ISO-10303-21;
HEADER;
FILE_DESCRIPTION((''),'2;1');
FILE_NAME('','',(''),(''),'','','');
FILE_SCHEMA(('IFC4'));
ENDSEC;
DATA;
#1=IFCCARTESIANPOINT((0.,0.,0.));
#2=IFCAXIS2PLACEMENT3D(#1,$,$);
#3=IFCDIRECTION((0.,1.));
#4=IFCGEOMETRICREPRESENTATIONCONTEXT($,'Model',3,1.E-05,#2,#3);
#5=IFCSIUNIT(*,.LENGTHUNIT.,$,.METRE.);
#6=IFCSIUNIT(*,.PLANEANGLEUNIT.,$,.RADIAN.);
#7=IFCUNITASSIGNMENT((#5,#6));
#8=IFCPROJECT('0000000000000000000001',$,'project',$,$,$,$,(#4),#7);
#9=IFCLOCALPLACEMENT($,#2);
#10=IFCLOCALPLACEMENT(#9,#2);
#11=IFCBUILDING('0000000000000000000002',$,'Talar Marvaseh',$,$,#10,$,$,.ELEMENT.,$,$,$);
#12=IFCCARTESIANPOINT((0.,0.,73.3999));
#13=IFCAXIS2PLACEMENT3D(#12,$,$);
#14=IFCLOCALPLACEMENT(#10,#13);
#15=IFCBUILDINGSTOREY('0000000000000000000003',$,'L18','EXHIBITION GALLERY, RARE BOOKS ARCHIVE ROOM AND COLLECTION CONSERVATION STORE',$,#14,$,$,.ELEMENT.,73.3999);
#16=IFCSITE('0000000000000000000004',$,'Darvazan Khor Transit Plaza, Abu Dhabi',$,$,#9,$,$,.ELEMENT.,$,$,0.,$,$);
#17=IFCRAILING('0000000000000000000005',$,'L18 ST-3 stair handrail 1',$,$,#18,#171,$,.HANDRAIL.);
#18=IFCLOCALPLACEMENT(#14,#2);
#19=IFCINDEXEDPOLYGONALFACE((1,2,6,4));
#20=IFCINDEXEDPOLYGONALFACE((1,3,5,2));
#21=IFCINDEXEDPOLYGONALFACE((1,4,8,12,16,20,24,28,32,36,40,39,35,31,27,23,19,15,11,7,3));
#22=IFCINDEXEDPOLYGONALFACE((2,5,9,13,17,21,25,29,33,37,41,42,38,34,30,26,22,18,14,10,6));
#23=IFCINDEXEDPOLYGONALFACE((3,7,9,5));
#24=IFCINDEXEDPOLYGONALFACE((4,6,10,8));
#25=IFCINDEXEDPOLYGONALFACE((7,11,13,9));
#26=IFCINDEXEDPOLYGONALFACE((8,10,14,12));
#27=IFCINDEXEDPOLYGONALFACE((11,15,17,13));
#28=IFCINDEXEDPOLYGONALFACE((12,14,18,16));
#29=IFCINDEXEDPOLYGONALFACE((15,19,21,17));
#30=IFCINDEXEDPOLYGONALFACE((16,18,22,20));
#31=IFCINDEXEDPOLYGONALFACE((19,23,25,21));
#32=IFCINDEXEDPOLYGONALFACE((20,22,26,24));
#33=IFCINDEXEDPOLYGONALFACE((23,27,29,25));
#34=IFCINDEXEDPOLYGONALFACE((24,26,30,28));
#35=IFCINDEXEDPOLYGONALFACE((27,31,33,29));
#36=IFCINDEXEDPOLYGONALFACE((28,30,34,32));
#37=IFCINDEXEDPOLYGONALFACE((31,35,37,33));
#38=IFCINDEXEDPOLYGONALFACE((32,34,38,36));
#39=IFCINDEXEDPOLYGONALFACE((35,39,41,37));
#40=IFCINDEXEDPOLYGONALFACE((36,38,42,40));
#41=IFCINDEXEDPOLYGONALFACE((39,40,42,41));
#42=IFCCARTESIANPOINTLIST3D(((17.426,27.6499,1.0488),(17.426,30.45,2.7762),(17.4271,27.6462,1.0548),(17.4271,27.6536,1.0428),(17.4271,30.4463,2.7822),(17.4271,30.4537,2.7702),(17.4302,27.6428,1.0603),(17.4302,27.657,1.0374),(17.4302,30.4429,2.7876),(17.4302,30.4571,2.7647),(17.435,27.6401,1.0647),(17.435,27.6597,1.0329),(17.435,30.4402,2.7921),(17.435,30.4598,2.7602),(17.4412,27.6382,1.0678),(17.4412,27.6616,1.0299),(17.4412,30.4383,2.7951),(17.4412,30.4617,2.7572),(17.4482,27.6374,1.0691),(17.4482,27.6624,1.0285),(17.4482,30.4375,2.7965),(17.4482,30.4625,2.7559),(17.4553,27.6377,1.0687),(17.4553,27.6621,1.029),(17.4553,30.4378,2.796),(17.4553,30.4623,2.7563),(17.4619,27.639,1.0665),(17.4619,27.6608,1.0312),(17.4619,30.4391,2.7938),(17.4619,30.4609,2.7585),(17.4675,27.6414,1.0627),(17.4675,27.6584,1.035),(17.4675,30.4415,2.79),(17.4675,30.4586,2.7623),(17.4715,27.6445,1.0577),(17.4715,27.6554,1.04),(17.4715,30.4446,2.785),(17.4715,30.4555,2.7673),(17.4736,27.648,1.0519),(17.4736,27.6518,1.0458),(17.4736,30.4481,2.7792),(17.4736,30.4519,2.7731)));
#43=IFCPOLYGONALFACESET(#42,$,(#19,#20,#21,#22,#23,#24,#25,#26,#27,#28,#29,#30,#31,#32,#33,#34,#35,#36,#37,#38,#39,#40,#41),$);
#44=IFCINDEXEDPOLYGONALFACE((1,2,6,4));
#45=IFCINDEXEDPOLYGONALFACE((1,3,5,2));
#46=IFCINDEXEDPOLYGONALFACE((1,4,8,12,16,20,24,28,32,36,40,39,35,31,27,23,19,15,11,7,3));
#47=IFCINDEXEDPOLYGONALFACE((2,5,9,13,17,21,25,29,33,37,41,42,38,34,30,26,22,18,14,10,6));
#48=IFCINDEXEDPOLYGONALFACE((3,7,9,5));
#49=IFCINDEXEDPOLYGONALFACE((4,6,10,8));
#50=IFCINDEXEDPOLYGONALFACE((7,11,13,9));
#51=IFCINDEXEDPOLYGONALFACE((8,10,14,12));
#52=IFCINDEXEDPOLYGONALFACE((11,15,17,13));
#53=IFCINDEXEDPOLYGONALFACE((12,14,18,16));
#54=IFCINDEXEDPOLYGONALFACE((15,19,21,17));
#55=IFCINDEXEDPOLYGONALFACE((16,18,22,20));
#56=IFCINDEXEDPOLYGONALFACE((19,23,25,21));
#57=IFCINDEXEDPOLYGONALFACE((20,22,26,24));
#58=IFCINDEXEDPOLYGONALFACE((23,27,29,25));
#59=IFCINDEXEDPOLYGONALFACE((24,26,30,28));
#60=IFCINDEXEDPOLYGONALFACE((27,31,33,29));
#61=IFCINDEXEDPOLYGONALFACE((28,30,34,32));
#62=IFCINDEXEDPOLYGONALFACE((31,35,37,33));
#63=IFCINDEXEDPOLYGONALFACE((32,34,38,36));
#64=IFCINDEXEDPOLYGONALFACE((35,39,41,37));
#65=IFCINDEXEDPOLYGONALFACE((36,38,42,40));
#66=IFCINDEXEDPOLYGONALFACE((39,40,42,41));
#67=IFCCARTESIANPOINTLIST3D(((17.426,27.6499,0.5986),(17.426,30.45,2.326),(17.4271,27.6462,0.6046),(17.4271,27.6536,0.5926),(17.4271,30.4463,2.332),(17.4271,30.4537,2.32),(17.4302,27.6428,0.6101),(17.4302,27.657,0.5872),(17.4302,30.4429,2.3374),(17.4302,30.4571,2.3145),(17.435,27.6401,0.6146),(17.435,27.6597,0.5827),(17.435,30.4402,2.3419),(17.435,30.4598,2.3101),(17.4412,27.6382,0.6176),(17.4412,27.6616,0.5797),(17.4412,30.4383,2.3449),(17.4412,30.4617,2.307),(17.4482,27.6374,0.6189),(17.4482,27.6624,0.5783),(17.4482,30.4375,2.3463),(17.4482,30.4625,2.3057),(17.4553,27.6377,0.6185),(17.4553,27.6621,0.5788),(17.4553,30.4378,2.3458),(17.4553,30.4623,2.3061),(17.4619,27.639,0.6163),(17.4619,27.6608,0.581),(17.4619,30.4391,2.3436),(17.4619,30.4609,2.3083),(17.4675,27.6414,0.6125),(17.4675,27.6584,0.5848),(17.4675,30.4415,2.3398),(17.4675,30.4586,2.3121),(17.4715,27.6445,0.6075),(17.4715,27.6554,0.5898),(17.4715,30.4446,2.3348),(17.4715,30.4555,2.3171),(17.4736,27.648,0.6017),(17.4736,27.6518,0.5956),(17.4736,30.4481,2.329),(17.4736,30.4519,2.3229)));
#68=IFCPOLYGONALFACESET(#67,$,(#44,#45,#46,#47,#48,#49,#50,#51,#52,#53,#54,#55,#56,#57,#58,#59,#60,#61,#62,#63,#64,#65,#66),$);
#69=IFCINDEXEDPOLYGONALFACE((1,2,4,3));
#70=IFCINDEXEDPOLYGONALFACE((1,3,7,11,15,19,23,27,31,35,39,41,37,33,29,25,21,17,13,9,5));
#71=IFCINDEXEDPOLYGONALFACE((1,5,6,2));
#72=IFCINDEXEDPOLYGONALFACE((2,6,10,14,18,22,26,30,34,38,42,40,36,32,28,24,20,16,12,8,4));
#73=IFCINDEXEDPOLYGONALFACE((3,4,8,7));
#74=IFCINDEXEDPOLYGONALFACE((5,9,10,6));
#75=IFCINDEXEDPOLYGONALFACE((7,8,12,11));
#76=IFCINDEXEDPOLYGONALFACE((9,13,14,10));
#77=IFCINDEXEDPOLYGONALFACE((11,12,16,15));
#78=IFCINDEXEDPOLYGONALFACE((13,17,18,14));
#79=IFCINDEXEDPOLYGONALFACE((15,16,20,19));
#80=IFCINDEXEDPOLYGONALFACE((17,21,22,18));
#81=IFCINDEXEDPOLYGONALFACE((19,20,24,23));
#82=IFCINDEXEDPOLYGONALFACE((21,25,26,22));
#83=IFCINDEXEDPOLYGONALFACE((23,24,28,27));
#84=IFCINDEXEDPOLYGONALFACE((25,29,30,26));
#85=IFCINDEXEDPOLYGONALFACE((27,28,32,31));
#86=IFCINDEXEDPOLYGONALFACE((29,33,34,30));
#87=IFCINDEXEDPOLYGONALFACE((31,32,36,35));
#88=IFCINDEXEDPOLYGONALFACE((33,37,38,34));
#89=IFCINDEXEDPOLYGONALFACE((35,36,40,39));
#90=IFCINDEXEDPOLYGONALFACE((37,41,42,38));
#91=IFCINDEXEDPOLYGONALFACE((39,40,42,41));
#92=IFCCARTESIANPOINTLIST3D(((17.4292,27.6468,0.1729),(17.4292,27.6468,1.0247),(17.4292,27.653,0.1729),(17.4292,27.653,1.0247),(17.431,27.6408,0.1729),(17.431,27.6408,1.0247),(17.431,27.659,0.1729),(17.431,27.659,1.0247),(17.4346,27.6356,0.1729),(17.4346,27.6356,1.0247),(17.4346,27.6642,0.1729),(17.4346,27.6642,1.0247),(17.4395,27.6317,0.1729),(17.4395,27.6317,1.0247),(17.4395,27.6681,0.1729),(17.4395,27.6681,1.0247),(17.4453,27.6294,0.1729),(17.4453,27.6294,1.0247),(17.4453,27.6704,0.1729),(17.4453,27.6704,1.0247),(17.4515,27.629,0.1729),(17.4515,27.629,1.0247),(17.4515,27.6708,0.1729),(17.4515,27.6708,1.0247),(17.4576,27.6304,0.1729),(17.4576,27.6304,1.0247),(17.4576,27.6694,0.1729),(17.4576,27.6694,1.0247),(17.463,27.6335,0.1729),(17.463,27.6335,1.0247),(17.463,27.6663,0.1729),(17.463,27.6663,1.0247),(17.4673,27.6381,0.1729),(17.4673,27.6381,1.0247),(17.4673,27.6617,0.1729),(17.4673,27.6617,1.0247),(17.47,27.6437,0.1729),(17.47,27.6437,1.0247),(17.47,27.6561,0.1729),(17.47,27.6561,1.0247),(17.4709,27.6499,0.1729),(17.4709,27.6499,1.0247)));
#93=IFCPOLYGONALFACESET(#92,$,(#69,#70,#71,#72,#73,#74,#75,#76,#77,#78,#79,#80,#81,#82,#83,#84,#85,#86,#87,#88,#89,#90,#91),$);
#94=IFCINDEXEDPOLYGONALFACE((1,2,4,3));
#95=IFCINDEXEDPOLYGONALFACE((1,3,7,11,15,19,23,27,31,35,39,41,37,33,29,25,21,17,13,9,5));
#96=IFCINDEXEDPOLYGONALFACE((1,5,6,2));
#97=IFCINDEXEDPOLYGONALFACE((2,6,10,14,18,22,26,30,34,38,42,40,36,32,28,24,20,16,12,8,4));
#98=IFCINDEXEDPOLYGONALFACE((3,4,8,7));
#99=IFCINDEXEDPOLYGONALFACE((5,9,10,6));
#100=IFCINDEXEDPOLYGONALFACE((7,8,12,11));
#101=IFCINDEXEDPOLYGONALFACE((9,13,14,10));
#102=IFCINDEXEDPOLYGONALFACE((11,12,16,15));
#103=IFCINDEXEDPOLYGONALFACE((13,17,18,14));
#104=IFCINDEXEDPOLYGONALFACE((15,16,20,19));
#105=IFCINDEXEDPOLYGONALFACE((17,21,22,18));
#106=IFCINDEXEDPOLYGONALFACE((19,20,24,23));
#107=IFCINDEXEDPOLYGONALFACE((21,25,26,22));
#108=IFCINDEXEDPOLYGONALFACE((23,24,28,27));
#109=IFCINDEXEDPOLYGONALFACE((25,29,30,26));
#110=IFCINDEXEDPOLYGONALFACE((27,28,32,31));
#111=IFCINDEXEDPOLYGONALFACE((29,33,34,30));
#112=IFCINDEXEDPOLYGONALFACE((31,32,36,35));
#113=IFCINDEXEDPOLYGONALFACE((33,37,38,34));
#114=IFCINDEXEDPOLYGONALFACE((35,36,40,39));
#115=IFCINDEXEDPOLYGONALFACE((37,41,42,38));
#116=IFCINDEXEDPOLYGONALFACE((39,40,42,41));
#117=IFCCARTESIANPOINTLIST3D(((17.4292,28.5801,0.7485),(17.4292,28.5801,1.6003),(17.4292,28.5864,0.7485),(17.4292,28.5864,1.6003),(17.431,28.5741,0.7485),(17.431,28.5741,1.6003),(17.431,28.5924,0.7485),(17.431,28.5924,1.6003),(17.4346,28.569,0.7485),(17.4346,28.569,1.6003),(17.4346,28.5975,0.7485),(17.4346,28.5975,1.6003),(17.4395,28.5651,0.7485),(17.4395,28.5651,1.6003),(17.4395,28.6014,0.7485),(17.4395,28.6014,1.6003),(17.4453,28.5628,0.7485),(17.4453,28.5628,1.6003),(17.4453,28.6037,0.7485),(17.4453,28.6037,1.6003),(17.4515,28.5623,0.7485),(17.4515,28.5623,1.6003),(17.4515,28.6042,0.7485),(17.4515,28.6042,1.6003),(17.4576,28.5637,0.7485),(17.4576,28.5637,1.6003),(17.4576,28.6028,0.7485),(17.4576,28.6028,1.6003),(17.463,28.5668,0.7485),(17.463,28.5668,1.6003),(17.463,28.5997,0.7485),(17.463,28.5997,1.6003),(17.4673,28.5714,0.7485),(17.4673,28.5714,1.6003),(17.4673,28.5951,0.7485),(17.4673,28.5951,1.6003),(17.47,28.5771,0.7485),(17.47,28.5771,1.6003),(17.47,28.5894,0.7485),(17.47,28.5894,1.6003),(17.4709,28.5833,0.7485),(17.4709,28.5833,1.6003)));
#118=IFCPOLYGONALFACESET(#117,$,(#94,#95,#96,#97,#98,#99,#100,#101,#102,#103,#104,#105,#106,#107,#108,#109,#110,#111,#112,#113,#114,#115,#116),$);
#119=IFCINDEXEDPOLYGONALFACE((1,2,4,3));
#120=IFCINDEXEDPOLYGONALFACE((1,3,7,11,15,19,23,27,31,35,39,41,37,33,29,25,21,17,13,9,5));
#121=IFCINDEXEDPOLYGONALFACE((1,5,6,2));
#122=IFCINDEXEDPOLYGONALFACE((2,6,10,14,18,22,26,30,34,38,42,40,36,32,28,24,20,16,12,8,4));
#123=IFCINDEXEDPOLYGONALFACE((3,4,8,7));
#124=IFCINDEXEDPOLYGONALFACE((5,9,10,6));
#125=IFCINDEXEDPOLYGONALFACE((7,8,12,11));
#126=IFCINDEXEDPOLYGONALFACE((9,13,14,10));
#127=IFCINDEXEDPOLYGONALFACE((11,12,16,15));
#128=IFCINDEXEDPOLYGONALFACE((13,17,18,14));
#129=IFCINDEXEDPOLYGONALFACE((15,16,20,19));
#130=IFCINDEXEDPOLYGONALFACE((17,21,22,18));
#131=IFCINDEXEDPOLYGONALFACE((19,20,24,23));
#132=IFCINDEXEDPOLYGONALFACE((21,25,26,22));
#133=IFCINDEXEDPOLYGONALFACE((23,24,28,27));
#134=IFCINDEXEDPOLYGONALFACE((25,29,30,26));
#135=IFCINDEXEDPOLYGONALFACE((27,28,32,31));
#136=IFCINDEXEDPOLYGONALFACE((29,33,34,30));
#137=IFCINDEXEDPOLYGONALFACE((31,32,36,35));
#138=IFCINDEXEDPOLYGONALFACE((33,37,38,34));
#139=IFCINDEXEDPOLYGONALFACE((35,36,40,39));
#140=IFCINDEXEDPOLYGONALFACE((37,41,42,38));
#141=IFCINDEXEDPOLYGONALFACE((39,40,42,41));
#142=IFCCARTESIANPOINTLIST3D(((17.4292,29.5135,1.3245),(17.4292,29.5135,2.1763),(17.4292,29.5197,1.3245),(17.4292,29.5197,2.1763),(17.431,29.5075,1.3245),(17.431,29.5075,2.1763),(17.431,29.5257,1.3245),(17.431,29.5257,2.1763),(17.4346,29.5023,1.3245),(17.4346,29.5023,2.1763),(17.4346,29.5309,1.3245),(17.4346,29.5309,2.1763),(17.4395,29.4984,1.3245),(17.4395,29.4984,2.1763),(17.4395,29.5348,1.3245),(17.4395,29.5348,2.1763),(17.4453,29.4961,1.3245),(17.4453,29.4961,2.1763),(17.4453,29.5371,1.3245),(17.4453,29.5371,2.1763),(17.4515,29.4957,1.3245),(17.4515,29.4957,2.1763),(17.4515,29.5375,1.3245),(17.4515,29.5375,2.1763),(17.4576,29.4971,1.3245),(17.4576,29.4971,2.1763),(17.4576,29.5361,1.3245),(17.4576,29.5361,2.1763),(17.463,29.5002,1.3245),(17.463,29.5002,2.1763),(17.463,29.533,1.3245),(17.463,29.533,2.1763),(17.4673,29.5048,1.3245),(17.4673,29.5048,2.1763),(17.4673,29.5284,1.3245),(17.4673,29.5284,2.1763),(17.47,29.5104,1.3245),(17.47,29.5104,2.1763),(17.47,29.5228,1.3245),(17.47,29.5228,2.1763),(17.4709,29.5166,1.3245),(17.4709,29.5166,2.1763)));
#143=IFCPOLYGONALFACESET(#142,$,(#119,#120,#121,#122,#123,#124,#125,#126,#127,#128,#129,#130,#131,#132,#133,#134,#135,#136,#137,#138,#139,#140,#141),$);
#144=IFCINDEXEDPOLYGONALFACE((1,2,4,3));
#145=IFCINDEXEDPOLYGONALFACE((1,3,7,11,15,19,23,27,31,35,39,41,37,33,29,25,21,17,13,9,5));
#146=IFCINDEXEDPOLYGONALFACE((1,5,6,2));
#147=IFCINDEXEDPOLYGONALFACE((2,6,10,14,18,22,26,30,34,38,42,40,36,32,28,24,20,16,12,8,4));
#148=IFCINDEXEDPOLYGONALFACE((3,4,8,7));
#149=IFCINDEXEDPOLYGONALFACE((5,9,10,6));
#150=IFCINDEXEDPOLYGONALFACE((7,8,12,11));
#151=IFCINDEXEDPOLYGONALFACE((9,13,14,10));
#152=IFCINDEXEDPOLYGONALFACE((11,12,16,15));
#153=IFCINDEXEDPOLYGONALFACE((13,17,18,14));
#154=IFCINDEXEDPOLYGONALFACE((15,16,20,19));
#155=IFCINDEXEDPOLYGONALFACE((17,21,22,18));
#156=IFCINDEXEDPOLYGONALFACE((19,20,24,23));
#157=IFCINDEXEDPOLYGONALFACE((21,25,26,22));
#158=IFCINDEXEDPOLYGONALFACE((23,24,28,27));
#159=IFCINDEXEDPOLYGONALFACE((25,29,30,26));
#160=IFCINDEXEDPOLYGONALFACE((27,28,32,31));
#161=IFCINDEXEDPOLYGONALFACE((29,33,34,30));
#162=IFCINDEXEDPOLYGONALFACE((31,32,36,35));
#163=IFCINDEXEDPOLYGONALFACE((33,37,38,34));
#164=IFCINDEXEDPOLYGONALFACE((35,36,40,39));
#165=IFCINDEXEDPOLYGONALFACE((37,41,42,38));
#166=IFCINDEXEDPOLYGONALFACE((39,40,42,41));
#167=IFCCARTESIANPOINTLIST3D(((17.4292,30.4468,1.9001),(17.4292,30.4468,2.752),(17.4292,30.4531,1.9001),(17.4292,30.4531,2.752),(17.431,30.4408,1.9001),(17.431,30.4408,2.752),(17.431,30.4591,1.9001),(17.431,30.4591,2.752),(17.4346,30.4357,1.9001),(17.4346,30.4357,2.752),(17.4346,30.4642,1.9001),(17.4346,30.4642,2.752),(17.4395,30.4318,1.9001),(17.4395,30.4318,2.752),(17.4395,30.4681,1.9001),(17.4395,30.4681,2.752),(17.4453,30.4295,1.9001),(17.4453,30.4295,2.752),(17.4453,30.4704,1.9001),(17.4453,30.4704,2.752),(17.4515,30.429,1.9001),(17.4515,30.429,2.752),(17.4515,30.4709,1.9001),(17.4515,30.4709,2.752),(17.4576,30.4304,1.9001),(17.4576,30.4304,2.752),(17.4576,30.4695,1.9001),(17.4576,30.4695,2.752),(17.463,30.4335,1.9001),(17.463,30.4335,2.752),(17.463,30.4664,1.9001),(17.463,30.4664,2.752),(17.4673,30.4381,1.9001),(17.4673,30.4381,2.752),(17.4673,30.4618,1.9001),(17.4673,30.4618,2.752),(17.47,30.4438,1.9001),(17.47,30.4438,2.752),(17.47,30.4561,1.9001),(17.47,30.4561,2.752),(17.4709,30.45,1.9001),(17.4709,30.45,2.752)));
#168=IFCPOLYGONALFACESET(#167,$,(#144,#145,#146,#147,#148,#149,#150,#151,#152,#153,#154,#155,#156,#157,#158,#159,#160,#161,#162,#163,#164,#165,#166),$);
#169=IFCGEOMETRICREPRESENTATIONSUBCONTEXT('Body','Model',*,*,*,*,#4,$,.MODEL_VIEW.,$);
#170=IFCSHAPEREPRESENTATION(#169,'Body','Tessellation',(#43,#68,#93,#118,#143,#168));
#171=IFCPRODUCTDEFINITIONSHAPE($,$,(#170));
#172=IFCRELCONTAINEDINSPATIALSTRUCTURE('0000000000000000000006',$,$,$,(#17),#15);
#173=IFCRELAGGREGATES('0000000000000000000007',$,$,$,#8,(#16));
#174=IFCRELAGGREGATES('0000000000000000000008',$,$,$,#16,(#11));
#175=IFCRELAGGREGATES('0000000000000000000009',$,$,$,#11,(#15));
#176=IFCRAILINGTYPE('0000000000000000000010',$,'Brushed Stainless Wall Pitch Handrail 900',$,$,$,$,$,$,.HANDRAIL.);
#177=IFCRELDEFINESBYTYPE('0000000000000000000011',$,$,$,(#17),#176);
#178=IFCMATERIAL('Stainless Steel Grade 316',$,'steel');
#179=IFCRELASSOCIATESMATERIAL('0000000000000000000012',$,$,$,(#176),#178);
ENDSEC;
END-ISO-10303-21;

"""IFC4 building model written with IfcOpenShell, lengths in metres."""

from ifc_helpers import new_model, si_unit, direction, frame, origin, origin_2d, place, context, subcontext, project, spatial, circle, extrude, material, type_object, element, save


model = new_model("IFC4")

# Units and contexts
model_context = context("Model", 3, precision=1e-05, world=origin(), true_north=direction((0.0, 1.0)))
body_context = subcontext(model_context, "Body", "Model", "MODEL_VIEW")
ifc_project = project(units=[si_unit("LENGTHUNIT", "METRE"), si_unit("PLANEANGLEUNIT", "RADIAN")], contexts=[model_context])

# Site, building, storey
site_placement = place(None, origin())
site = spatial("IfcSite", under=ifc_project, at=site_placement, Name="Darvazan Khor Transit Plaza, Abu Dhabi", CompositionType="ELEMENT", RefElevation=0.0)
building_placement = place(site_placement, origin())
building = spatial("IfcBuilding", under=site, at=building_placement, Name="Talar Marvaseh", CompositionType="ELEMENT")
storey_placement = place(building_placement, frame((0.0, 0.0, 73.3999)))
storey = spatial("IfcBuildingStorey", under=building, at=storey_placement, Name="L18", Description="EXHIBITION GALLERY, RARE BOOKS ARCHIVE ROOM AND COLLECTION CONSERVATION STORE", CompositionType="ELEMENT", Elevation=73.3999)

# Railing
ifc_material_1 = material(Name="Stainless Steel Grade 316", Category="steel")
railing_type_1 = type_object("IfcRailingType", Name="Brushed Stainless Wall Pitch Handrail 900", PredefinedType="HANDRAIL", material=ifc_material_1)
railing_1_placement = place(storey_placement, frame((17.45, 27.6499, 0.1729)))
element("IfcRailing", 1, at=railing_1_placement, inside=storey, type_object=railing_type_1, Name="L18 ST-3 stair handrail 1", PredefinedType="HANDRAIL", context=body_context, shape_type="SweptSolid", body=[
    extrude(circle(Radius=0.0239, at=origin_2d()), frame((0.0, 0.0, 0.876), z_axis=(0.0, 0.85109, 0.52502), x_axis=(-1.0, 0.0, 0.0)), (0.0, 0.0, 1.0), 3.29),
    extrude(circle(Radius=0.0239, at=origin_2d()), frame((0.0, 0.0, 0.4258), z_axis=(0.0, 0.85109, 0.52502), x_axis=(-1.0, 0.0, 0.0)), (0.0, 0.0, 1.0), 3.29),
    extrude(circle(Radius=0.021, at=origin_2d()), origin(), (0.0, 0.0, 1.0), 0.8518),
    extrude(circle(Radius=0.021, at=origin_2d()), frame((0.0, 0.9333, 0.5757)), (0.0, 0.0, 1.0), 0.8518),
    extrude(circle(Radius=0.021, at=origin_2d()), frame((0.0, 1.8667, 1.1516)), (0.0, 0.0, 1.0), 0.8518),
    extrude(circle(Radius=0.021, at=origin_2d()), frame((0.0, 2.8, 1.7273)), (0.0, 0.0, 1.0), 0.8518),
])

save(model, "model.ifc")
